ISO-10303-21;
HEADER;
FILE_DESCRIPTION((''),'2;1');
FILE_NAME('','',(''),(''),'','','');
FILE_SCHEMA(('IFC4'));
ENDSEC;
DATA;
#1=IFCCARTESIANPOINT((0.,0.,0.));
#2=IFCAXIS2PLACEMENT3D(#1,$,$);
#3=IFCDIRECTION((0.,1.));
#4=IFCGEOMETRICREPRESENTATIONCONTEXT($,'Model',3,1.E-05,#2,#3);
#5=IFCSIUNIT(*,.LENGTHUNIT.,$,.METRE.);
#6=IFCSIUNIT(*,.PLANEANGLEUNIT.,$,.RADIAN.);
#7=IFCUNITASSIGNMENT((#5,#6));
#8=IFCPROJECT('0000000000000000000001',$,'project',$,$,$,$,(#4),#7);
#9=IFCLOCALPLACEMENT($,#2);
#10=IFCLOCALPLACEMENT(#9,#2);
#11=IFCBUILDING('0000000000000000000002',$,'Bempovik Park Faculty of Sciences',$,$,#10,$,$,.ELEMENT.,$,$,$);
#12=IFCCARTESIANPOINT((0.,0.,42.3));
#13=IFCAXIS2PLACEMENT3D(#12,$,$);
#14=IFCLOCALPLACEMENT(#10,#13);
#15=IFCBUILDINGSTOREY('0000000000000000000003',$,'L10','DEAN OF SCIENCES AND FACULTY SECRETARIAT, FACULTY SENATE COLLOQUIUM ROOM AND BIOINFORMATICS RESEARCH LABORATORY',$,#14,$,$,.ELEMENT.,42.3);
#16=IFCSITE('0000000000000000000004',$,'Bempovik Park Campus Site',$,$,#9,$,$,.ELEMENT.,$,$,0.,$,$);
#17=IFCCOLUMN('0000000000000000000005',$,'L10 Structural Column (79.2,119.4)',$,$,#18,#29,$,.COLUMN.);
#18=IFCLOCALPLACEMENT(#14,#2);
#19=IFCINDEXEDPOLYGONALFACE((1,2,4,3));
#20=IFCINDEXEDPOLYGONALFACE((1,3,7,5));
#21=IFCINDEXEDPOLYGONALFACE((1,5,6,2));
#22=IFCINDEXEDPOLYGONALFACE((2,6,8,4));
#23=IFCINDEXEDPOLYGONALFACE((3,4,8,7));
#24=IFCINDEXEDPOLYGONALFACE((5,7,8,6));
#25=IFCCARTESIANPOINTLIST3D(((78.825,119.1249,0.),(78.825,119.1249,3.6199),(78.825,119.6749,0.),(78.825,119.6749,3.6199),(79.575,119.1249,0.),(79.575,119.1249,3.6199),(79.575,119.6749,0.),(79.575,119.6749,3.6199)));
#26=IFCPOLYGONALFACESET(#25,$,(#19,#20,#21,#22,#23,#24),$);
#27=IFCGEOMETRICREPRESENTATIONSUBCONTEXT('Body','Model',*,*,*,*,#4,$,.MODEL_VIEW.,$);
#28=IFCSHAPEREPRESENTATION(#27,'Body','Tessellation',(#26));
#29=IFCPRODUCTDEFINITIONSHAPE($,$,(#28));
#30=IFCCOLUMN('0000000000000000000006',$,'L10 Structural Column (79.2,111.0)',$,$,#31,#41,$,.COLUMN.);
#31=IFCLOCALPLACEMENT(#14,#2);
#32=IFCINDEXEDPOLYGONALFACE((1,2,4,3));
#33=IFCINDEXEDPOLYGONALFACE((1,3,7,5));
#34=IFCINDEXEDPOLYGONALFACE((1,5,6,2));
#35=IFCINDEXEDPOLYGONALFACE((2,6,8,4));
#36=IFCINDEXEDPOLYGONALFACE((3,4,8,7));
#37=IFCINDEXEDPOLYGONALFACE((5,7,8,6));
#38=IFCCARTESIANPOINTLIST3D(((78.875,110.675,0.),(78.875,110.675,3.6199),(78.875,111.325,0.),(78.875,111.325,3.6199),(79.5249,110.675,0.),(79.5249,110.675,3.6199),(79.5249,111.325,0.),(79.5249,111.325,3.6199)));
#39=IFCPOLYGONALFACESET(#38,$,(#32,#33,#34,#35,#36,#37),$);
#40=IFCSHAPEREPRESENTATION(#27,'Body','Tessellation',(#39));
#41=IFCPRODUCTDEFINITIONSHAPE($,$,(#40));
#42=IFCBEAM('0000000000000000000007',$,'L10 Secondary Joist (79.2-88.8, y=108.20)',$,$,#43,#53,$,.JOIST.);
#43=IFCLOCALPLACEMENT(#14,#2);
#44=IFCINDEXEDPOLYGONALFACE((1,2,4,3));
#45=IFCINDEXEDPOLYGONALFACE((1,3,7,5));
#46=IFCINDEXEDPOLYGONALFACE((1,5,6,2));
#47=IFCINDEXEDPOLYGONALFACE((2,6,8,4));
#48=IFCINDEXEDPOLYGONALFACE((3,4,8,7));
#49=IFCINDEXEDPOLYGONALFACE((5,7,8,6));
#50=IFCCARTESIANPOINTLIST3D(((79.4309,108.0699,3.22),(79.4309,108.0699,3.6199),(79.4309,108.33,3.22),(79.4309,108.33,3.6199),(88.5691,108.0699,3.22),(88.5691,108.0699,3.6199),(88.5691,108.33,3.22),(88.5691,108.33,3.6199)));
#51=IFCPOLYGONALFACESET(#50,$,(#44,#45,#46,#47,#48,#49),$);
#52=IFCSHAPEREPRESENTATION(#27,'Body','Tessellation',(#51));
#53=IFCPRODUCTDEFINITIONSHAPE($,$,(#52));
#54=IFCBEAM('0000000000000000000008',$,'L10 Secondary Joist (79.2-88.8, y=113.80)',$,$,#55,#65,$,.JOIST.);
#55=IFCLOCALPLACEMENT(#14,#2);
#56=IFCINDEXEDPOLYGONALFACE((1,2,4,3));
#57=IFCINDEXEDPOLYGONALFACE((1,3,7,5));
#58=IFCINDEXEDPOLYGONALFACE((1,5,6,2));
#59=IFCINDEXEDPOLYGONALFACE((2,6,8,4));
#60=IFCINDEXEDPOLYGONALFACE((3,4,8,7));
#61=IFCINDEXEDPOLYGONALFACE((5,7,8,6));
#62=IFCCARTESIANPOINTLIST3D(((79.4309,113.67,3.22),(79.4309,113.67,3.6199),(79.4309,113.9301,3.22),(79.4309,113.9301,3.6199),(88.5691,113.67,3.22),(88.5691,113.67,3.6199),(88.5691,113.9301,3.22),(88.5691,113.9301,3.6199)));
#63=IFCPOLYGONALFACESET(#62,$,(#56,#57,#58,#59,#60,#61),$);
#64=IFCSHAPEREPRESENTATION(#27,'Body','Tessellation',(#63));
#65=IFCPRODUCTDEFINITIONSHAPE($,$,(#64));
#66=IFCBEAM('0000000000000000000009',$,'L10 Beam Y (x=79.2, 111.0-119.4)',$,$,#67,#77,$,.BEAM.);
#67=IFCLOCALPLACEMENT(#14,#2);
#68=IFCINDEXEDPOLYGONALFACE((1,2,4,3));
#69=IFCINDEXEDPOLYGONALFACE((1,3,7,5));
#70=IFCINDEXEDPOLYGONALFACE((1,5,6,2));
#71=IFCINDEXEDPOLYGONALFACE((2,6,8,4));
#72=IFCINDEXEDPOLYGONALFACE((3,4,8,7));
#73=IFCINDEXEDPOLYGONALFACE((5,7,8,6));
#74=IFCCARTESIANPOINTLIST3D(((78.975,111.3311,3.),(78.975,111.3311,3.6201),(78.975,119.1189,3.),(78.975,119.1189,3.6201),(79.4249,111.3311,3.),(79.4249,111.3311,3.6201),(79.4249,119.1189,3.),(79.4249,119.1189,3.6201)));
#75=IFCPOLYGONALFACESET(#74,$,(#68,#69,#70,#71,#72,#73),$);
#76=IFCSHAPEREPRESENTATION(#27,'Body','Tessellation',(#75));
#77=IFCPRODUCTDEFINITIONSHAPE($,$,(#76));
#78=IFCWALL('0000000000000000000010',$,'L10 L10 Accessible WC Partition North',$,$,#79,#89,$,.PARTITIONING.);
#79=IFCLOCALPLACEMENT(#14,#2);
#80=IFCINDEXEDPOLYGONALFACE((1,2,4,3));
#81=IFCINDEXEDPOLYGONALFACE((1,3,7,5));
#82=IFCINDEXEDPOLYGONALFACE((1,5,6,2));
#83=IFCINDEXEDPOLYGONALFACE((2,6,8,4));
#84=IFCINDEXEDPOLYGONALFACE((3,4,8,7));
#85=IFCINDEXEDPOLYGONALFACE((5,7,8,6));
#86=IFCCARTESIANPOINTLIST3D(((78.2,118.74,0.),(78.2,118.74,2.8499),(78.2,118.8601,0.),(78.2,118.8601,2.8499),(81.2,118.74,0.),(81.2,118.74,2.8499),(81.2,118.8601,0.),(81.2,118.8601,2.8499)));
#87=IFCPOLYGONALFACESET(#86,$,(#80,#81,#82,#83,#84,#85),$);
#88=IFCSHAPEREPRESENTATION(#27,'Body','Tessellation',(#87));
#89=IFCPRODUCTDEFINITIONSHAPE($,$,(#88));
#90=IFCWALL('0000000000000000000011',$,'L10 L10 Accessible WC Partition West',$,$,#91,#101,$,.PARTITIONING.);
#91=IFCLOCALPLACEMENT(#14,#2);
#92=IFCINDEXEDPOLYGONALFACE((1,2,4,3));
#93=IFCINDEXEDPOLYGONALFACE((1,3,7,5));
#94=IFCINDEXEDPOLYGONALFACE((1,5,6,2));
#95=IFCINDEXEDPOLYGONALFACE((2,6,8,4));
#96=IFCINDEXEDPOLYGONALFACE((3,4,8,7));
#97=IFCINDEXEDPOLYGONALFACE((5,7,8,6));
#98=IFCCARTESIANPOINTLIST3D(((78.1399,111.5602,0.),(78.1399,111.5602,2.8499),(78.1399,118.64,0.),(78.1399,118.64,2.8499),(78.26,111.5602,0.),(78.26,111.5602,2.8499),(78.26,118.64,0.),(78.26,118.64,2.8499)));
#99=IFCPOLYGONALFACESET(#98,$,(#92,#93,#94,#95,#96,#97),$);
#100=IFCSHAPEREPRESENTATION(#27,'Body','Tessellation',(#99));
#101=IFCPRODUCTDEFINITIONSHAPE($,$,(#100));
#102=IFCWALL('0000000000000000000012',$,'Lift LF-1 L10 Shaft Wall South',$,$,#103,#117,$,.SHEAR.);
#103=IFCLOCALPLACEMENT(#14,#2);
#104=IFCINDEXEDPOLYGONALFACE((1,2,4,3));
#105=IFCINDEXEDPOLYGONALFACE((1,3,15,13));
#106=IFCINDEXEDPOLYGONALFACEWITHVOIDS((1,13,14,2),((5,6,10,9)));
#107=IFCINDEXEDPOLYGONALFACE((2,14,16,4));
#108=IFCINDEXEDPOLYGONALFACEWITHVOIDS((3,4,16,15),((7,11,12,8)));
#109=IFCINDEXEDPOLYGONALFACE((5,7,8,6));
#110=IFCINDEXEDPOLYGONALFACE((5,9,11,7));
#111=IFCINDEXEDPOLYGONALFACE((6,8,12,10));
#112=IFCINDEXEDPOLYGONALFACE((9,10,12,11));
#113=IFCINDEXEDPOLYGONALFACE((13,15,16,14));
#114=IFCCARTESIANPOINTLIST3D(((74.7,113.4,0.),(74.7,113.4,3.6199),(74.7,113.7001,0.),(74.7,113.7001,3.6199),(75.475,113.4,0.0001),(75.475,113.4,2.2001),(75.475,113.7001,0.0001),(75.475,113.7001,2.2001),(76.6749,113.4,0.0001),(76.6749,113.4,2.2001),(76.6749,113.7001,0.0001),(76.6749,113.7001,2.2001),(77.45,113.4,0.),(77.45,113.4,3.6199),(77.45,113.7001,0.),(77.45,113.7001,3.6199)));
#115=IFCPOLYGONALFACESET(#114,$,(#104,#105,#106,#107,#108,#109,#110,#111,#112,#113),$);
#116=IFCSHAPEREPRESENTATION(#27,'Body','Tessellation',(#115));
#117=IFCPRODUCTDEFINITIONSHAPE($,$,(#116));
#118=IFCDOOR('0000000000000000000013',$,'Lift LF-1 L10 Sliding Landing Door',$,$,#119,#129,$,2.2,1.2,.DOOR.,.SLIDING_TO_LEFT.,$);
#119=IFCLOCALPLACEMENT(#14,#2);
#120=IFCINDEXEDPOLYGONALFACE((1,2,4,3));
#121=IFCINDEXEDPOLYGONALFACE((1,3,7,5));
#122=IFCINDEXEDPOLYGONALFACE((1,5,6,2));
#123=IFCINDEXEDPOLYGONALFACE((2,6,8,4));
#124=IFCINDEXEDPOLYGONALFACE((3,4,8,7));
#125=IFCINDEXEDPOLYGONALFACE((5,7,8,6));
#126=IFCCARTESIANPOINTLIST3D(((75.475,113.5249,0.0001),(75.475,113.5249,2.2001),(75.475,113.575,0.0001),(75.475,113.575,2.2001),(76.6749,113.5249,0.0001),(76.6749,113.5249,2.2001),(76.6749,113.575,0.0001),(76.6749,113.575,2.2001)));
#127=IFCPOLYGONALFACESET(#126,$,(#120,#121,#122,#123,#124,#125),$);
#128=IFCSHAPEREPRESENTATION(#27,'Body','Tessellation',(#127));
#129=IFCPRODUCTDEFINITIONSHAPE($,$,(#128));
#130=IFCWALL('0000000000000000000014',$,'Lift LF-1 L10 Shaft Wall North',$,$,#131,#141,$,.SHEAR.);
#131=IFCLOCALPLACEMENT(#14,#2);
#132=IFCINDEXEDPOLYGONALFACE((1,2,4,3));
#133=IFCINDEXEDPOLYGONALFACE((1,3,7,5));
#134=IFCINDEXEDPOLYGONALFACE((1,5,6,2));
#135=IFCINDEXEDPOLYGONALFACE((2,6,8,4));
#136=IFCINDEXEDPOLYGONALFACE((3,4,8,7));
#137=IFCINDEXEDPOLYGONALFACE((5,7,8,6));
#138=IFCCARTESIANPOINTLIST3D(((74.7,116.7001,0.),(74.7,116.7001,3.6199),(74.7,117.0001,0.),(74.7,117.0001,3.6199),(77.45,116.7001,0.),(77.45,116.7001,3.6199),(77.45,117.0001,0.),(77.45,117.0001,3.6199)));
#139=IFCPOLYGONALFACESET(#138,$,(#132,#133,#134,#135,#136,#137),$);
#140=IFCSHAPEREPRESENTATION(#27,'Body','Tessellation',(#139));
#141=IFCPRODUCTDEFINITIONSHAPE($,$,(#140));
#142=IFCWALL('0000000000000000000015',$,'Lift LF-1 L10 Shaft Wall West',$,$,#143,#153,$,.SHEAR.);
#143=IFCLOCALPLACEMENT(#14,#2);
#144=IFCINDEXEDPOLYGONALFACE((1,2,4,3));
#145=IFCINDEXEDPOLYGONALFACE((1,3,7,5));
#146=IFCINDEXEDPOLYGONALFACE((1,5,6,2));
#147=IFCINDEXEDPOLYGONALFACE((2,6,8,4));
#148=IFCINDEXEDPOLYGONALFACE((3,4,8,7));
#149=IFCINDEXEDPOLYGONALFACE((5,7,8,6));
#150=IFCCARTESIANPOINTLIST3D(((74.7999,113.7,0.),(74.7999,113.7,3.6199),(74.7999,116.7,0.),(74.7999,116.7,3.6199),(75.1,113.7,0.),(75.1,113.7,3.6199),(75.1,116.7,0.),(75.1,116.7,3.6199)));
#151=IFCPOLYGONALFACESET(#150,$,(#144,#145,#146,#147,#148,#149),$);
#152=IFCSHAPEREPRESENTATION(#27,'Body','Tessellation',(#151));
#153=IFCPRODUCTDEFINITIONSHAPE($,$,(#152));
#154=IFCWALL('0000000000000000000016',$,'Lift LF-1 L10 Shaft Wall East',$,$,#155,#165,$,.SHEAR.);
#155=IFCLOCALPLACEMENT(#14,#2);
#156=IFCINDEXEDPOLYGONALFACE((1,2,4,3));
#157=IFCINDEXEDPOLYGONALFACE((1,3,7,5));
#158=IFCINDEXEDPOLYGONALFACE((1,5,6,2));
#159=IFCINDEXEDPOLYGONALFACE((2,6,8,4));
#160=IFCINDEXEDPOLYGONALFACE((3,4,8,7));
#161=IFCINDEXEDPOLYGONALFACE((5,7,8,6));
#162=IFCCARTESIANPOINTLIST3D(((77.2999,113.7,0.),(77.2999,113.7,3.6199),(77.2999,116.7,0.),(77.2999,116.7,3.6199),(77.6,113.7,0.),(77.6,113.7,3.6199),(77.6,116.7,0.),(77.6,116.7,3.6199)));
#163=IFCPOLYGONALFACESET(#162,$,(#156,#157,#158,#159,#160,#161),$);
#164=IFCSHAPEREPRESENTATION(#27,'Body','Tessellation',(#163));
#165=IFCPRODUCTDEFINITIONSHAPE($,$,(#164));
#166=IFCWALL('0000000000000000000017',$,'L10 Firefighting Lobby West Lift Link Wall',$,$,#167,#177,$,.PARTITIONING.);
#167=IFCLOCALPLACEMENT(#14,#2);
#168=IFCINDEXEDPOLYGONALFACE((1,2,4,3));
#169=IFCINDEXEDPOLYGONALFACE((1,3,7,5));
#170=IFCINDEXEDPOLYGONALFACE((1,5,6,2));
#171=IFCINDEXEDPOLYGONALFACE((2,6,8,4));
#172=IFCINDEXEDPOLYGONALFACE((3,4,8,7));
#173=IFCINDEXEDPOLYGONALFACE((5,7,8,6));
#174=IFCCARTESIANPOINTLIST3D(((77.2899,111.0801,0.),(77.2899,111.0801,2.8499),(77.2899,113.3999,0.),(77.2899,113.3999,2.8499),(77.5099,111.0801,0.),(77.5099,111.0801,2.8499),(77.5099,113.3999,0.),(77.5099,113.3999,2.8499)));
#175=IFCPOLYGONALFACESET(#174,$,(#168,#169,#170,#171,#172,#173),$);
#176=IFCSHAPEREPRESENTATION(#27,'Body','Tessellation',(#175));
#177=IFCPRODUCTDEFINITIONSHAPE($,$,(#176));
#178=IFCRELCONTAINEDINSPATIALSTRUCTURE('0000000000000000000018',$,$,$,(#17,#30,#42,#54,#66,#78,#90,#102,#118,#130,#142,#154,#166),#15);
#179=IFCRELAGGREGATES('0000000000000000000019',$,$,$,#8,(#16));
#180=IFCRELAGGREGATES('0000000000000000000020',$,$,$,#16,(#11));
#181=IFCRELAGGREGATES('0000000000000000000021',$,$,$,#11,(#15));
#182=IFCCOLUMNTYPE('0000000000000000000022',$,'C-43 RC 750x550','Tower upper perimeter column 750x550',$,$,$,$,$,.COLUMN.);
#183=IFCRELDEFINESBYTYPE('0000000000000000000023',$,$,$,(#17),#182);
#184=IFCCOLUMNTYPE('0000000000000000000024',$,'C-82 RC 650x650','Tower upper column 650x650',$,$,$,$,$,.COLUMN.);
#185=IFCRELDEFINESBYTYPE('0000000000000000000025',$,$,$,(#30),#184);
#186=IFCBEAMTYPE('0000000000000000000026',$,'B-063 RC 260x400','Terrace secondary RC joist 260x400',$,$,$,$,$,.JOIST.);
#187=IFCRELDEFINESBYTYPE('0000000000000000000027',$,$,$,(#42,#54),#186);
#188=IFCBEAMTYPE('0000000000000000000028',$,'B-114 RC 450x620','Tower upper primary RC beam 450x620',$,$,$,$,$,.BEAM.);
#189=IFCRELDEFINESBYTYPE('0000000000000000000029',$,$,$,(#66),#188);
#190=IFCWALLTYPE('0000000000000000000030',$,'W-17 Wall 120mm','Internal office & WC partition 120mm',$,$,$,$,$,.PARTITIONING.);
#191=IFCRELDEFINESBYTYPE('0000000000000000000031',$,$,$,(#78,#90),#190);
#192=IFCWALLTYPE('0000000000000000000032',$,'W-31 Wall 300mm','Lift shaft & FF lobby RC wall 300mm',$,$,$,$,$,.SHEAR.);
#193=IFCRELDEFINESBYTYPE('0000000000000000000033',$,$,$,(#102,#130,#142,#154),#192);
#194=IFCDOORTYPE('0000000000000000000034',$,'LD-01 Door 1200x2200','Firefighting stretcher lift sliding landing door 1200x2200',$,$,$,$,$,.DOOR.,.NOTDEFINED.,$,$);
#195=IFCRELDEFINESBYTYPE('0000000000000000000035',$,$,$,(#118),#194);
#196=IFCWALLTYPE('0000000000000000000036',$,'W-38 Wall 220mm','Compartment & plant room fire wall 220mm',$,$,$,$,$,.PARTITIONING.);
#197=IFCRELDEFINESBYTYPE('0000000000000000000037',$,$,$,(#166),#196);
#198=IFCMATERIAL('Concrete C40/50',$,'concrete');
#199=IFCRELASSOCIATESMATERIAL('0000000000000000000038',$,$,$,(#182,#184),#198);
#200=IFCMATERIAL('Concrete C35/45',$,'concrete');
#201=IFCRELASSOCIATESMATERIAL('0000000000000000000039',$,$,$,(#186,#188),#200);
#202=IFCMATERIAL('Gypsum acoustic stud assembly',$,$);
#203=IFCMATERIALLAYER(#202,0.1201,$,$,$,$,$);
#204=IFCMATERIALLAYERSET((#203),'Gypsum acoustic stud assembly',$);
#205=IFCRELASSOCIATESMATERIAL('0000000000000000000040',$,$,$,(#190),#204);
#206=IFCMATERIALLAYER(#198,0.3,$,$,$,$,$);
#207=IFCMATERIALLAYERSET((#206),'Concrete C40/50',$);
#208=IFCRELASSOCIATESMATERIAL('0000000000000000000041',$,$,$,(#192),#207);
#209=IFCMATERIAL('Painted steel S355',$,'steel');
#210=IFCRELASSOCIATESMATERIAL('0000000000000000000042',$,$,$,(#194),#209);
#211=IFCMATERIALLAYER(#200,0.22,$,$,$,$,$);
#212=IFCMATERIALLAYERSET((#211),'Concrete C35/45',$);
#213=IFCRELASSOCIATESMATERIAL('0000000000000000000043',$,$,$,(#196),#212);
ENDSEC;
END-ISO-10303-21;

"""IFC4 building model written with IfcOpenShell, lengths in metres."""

from ifc_helpers import new_model, si_unit, direction, frame, frame_2d, origin, origin_2d, place, context, subcontext, project, spatial, rectangle, extrude, material, layer, layer_set, material_profile, profile_set, type_object, element, fill, save


model = new_model("IFC4")

# Units and contexts
model_context = context("Model", 3, precision=1e-05, world=origin(), true_north=direction((0.0, 1.0)))
body_context = subcontext(model_context, "Body", "Model", "MODEL_VIEW")
ifc_project = project(units=[si_unit("LENGTHUNIT", "METRE"), si_unit("PLANEANGLEUNIT", "RADIAN")], contexts=[model_context])

# Site, building, storey
site_placement = place(None, origin())
site = spatial("IfcSite", under=ifc_project, at=site_placement, Name="Bempovik Park Campus Site", CompositionType="ELEMENT", RefElevation=0.0)
building_placement = place(site_placement, origin())
building = spatial("IfcBuilding", under=site, at=building_placement, Name="Bempovik Park Faculty of Sciences", CompositionType="ELEMENT")
storey_placement = place(building_placement, frame((0.0, 0.0, 42.3)))
storey = spatial("IfcBuildingStorey", under=building, at=storey_placement, Name="L10", Description="DEAN OF SCIENCES AND FACULTY SECRETARIAT, FACULTY SENATE COLLOQUIUM ROOM AND BIOINFORMATICS RESEARCH LABORATORY", CompositionType="ELEMENT", Elevation=42.3)

# Columns
ifc_material_1 = material(Name="Concrete C40/50", Category="concrete")
ifc_material_profile_1 = material_profile(ifc_material_1, rectangle(XDim=0.75, YDim=0.55, at=origin_2d()), Name="RC 750x550")
ifc_profile_set_1 = profile_set([ifc_material_profile_1], Name="Concrete C40/50")
column_type_1 = type_object("IfcColumnType", Name="C-43 RC 750x550", Description="Tower upper perimeter column 750x550", PredefinedType="COLUMN", material=ifc_profile_set_1)
column_1_placement = place(storey_placement, frame((79.2, 119.3999, 0.0), z_axis=(0.0, 0.0, 1.0), x_axis=(1.0, 0.0, 0.0)))
element("IfcColumn", 1, at=column_1_placement, inside=storey, type_object=column_type_1, Name="L10 Structural Column (79.2,119.4)", PredefinedType="COLUMN", context=body_context, shape_type="SweptSolid", body=[
    extrude(rectangle(XDim=0.75, YDim=0.55, at=origin_2d()), origin(), (0.0, 0.0, 1.0), 3.6199),
])
ifc_material_profile_2 = material_profile(ifc_material_1, rectangle(XDim=0.6499, YDim=0.6499, at=origin_2d()), Name="RC 650x650")
ifc_profile_set_2 = profile_set([ifc_material_profile_2], Name="Concrete C40/50")
column_type_2 = type_object("IfcColumnType", Name="C-82 RC 650x650", Description="Tower upper column 650x650", PredefinedType="COLUMN", material=ifc_profile_set_2)
column_2_placement = place(storey_placement, frame((79.2, 111.0, 0.0), z_axis=(0.0, 0.0, 1.0), x_axis=(1.0, 0.0, 0.0)))
element("IfcColumn", 2, at=column_2_placement, inside=storey, type_object=column_type_2, Name="L10 Structural Column (79.2,111.0)", PredefinedType="COLUMN", context=body_context, shape_type="SweptSolid", body=[
    extrude(rectangle(XDim=0.6499, YDim=0.6499, at=origin_2d()), origin(), (0.0, 0.0, 1.0), 3.6199),
])

# Beams
ifc_material_2 = material(Name="Concrete C35/45", Category="concrete")
ifc_material_profile_3 = material_profile(ifc_material_2, rectangle(XDim=0.26, YDim=0.3999, at=origin_2d()), Name="RC 260x400")
ifc_profile_set_3 = profile_set([ifc_material_profile_3], Name="Concrete C35/45")
beam_type_1 = type_object("IfcBeamType", Name="B-063 RC 260x400", Description="Terrace secondary RC joist 260x400", PredefinedType="JOIST", material=ifc_profile_set_3)
for number, where, z_axis, x_axis, name in (
    (3, (79.4309, 108.2, 3.4199), (1.0, 0.0, 0.0), (0.0, 1.0, 0.0), "L10 Secondary Joist (79.2-88.8, y=108.20)"),
    (4, (79.4309, 113.8, 3.4199), (1.0, 0.0, 0.0), (0.0, 1.0, 0.0), "L10 Secondary Joist (79.2-88.8, y=113.80)"),
):
    element("IfcBeam", number, at=place(storey_placement, frame(where, z_axis=z_axis, x_axis=x_axis)), inside=storey, type_object=beam_type_1, Name=name, PredefinedType="JOIST", context=body_context, shape_type="SweptSolid", body=[
        extrude(rectangle(XDim=0.26, YDim=0.3999, at=origin_2d()), origin(), (0.0, 0.0, 1.0), 9.1382),
    ])
ifc_material_profile_4 = material_profile(ifc_material_2, rectangle(XDim=0.45, YDim=0.6201, at=origin_2d()), Name="RC 450x620")
ifc_profile_set_4 = profile_set([ifc_material_profile_4], Name="Concrete C35/45")
beam_type_2 = type_object("IfcBeamType", Name="B-114 RC 450x620", Description="Tower upper primary RC beam 450x620", PredefinedType="BEAM", material=ifc_profile_set_4)
beam_placement = place(storey_placement, frame((79.2, 111.3311, 3.3101), z_axis=(0.0, 1.0, 0.0), x_axis=(-1.0, 0.0, 0.0)))
element("IfcBeam", 5, at=beam_placement, inside=storey, type_object=beam_type_2, Name="L10 Beam Y (x=79.2, 111.0-119.4)", PredefinedType="BEAM", context=body_context, shape_type="SweptSolid", body=[
    extrude(rectangle(XDim=0.45, YDim=0.6201, at=origin_2d()), origin(), (0.0, 0.0, 1.0), 7.7878),
])

# Shared definitions
ifc_material_3 = material(Name="Gypsum acoustic stud assembly")
ifc_layer_1 = layer(ifc_material_3, 0.1201)
ifc_layer_set_1 = layer_set([ifc_layer_1], Name="Gypsum acoustic stud assembly")
wall_type_1 = type_object("IfcWallType", Name="W-17 Wall 120mm", Description="Internal office & WC partition 120mm", PredefinedType="PARTITIONING", material=ifc_layer_set_1)

# Walls
wall_1_placement = place(storey_placement, frame((78.2, 118.8, 0.0), z_axis=(0.0, 0.0, 1.0), x_axis=(1.0, 0.0, 0.0)))
element("IfcWall", 6, at=wall_1_placement, inside=storey, type_object=wall_type_1, Name="L10 L10 Accessible WC Partition North", PredefinedType="PARTITIONING", context=body_context, shape_type="SweptSolid", body=[
    extrude(rectangle(XDim=3.0, YDim=0.1201, at=frame_2d((1.5, 0.0))), origin(), (0.0, 0.0, 1.0), 2.8499),
])
wall_2_placement = place(storey_placement, frame((78.2, 111.5601, 0.0), z_axis=(0.0, 0.0, 1.0), x_axis=(0.0, 1.0, 0.0)))
element("IfcWall", 7, at=wall_2_placement, inside=storey, type_object=wall_type_1, Name="L10 L10 Accessible WC Partition West", PredefinedType="PARTITIONING", context=body_context, shape_type="SweptSolid", body=[
    extrude(rectangle(XDim=7.0798, YDim=0.1201, at=frame_2d((3.54, 0.0))), origin(), (0.0, 0.0, 1.0), 2.8499),
])

# Wall, opening, door
ifc_layer_2 = layer(ifc_material_1, 0.3)
ifc_layer_set_2 = layer_set([ifc_layer_2], Name="Concrete C40/50")
wall_type_2 = type_object("IfcWallType", Name="W-31 Wall 300mm", Description="Lift shaft & FF lobby RC wall 300mm", PredefinedType="SHEAR", material=ifc_layer_set_2)
wall_3_placement = place(storey_placement, frame((74.7, 113.55, 0.0), z_axis=(0.0, 0.0, 1.0), x_axis=(1.0, 0.0, 0.0)))
wall_3 = element("IfcWall", 8, at=wall_3_placement, inside=storey, type_object=wall_type_2, Name="Lift LF-1 L10 Shaft Wall South", PredefinedType="SHEAR", context=body_context, shape_type="SweptSolid", body=[
    extrude(rectangle(XDim=2.75, YDim=0.3, at=frame_2d((1.375, 0.0))), origin(), (0.0, 0.0, 1.0), 3.6199),
])
opening_1_placement = place(wall_3_placement, frame((0.7749, 0.0, 0.0)))
opening_1 = element("IfcOpeningElement", 9, at=opening_1_placement, cuts=wall_3, PredefinedType="OPENING", context=body_context, shape_type="SweptSolid", body=[
    extrude(rectangle(XDim=1.2, YDim=2.2, at=frame_2d((0.6001, 1.1001))), frame((0.0, 0.1602, 0.0), z_axis=(0.0, -1.0, 0.0), x_axis=(1.0, 0.0, 0.0)), (0.0, 0.0, 1.0), 0.3201),
])
ifc_material_4 = material(Name="Painted steel S355", Category="steel")
door_type_1 = type_object("IfcDoorType", Name="LD-01 Door 1200x2200", Description="Firefighting stretcher lift sliding landing door 1200x2200", OperationType="NOTDEFINED", PredefinedType="DOOR", material=ifc_material_4)
door_1_placement = place(opening_1_placement, origin())
door_1 = element("IfcDoor", 10, at=door_1_placement, inside=storey, type_object=door_type_1, Name="Lift LF-1 L10 Sliding Landing Door", OperationType="SLIDING_TO_LEFT", OverallHeight=2.2, OverallWidth=1.2, PredefinedType="DOOR", context=body_context, shape_type="SweptSolid", body=[
    extrude(rectangle(XDim=1.2, YDim=2.2, at=frame_2d((0.6001, 1.1001))), frame((0.0, 0.0249, 0.0), z_axis=(0.0, -1.0, 0.0), x_axis=(1.0, 0.0, 0.0)), (0.0, 0.0, 1.0), 0.05),
])
fill(opening_1, door_1)

# Walls
wall_4_placement = place(storey_placement, frame((74.7, 116.8501, 0.0), z_axis=(0.0, 0.0, 1.0), x_axis=(1.0, 0.0, 0.0)))
element("IfcWall", 11, at=wall_4_placement, inside=storey, type_object=wall_type_2, Name="Lift LF-1 L10 Shaft Wall North", PredefinedType="SHEAR", context=body_context, shape_type="SweptSolid", body=[
    extrude(rectangle(XDim=2.75, YDim=0.3, at=frame_2d((1.375, 0.0))), origin(), (0.0, 0.0, 1.0), 3.6199),
])
for number, where, z_axis, x_axis, name in (
    (12, (74.95, 113.7, 0.0), (0.0, 0.0, 1.0), (0.0, 1.0, 0.0), "Lift LF-1 L10 Shaft Wall West"),
    (13, (77.45, 113.7, 0.0), (0.0, 0.0, 1.0), (0.0, 1.0, 0.0), "Lift LF-1 L10 Shaft Wall East"),
):
    element("IfcWall", number, at=place(storey_placement, frame(where, z_axis=z_axis, x_axis=x_axis)), inside=storey, type_object=wall_type_2, Name=name, PredefinedType="SHEAR", context=body_context, shape_type="SweptSolid", body=[
        extrude(rectangle(XDim=3.0, YDim=0.3, at=frame_2d((1.5, 0.0))), origin(), (0.0, 0.0, 1.0), 3.6199),
    ])
ifc_layer_3 = layer(ifc_material_2, 0.22)
ifc_layer_set_3 = layer_set([ifc_layer_3], Name="Concrete C35/45")
wall_type_3 = type_object("IfcWallType", Name="W-38 Wall 220mm", Description="Compartment & plant room fire wall 220mm", PredefinedType="PARTITIONING", material=ifc_layer_set_3)
wall_5_placement = place(storey_placement, frame((77.3999, 111.0801, 0.0), z_axis=(0.0, 0.0, 1.0), x_axis=(0.0, 1.0, 0.0)))
element("IfcWall", 14, at=wall_5_placement, inside=storey, type_object=wall_type_3, Name="L10 Firefighting Lobby West Lift Link Wall", PredefinedType="PARTITIONING", context=body_context, shape_type="SweptSolid", body=[
    extrude(rectangle(XDim=2.3198, YDim=0.22, at=frame_2d((1.1599, 0.0))), origin(), (0.0, 0.0, 1.0), 2.8499),
])

save(model, "model.ifc")
